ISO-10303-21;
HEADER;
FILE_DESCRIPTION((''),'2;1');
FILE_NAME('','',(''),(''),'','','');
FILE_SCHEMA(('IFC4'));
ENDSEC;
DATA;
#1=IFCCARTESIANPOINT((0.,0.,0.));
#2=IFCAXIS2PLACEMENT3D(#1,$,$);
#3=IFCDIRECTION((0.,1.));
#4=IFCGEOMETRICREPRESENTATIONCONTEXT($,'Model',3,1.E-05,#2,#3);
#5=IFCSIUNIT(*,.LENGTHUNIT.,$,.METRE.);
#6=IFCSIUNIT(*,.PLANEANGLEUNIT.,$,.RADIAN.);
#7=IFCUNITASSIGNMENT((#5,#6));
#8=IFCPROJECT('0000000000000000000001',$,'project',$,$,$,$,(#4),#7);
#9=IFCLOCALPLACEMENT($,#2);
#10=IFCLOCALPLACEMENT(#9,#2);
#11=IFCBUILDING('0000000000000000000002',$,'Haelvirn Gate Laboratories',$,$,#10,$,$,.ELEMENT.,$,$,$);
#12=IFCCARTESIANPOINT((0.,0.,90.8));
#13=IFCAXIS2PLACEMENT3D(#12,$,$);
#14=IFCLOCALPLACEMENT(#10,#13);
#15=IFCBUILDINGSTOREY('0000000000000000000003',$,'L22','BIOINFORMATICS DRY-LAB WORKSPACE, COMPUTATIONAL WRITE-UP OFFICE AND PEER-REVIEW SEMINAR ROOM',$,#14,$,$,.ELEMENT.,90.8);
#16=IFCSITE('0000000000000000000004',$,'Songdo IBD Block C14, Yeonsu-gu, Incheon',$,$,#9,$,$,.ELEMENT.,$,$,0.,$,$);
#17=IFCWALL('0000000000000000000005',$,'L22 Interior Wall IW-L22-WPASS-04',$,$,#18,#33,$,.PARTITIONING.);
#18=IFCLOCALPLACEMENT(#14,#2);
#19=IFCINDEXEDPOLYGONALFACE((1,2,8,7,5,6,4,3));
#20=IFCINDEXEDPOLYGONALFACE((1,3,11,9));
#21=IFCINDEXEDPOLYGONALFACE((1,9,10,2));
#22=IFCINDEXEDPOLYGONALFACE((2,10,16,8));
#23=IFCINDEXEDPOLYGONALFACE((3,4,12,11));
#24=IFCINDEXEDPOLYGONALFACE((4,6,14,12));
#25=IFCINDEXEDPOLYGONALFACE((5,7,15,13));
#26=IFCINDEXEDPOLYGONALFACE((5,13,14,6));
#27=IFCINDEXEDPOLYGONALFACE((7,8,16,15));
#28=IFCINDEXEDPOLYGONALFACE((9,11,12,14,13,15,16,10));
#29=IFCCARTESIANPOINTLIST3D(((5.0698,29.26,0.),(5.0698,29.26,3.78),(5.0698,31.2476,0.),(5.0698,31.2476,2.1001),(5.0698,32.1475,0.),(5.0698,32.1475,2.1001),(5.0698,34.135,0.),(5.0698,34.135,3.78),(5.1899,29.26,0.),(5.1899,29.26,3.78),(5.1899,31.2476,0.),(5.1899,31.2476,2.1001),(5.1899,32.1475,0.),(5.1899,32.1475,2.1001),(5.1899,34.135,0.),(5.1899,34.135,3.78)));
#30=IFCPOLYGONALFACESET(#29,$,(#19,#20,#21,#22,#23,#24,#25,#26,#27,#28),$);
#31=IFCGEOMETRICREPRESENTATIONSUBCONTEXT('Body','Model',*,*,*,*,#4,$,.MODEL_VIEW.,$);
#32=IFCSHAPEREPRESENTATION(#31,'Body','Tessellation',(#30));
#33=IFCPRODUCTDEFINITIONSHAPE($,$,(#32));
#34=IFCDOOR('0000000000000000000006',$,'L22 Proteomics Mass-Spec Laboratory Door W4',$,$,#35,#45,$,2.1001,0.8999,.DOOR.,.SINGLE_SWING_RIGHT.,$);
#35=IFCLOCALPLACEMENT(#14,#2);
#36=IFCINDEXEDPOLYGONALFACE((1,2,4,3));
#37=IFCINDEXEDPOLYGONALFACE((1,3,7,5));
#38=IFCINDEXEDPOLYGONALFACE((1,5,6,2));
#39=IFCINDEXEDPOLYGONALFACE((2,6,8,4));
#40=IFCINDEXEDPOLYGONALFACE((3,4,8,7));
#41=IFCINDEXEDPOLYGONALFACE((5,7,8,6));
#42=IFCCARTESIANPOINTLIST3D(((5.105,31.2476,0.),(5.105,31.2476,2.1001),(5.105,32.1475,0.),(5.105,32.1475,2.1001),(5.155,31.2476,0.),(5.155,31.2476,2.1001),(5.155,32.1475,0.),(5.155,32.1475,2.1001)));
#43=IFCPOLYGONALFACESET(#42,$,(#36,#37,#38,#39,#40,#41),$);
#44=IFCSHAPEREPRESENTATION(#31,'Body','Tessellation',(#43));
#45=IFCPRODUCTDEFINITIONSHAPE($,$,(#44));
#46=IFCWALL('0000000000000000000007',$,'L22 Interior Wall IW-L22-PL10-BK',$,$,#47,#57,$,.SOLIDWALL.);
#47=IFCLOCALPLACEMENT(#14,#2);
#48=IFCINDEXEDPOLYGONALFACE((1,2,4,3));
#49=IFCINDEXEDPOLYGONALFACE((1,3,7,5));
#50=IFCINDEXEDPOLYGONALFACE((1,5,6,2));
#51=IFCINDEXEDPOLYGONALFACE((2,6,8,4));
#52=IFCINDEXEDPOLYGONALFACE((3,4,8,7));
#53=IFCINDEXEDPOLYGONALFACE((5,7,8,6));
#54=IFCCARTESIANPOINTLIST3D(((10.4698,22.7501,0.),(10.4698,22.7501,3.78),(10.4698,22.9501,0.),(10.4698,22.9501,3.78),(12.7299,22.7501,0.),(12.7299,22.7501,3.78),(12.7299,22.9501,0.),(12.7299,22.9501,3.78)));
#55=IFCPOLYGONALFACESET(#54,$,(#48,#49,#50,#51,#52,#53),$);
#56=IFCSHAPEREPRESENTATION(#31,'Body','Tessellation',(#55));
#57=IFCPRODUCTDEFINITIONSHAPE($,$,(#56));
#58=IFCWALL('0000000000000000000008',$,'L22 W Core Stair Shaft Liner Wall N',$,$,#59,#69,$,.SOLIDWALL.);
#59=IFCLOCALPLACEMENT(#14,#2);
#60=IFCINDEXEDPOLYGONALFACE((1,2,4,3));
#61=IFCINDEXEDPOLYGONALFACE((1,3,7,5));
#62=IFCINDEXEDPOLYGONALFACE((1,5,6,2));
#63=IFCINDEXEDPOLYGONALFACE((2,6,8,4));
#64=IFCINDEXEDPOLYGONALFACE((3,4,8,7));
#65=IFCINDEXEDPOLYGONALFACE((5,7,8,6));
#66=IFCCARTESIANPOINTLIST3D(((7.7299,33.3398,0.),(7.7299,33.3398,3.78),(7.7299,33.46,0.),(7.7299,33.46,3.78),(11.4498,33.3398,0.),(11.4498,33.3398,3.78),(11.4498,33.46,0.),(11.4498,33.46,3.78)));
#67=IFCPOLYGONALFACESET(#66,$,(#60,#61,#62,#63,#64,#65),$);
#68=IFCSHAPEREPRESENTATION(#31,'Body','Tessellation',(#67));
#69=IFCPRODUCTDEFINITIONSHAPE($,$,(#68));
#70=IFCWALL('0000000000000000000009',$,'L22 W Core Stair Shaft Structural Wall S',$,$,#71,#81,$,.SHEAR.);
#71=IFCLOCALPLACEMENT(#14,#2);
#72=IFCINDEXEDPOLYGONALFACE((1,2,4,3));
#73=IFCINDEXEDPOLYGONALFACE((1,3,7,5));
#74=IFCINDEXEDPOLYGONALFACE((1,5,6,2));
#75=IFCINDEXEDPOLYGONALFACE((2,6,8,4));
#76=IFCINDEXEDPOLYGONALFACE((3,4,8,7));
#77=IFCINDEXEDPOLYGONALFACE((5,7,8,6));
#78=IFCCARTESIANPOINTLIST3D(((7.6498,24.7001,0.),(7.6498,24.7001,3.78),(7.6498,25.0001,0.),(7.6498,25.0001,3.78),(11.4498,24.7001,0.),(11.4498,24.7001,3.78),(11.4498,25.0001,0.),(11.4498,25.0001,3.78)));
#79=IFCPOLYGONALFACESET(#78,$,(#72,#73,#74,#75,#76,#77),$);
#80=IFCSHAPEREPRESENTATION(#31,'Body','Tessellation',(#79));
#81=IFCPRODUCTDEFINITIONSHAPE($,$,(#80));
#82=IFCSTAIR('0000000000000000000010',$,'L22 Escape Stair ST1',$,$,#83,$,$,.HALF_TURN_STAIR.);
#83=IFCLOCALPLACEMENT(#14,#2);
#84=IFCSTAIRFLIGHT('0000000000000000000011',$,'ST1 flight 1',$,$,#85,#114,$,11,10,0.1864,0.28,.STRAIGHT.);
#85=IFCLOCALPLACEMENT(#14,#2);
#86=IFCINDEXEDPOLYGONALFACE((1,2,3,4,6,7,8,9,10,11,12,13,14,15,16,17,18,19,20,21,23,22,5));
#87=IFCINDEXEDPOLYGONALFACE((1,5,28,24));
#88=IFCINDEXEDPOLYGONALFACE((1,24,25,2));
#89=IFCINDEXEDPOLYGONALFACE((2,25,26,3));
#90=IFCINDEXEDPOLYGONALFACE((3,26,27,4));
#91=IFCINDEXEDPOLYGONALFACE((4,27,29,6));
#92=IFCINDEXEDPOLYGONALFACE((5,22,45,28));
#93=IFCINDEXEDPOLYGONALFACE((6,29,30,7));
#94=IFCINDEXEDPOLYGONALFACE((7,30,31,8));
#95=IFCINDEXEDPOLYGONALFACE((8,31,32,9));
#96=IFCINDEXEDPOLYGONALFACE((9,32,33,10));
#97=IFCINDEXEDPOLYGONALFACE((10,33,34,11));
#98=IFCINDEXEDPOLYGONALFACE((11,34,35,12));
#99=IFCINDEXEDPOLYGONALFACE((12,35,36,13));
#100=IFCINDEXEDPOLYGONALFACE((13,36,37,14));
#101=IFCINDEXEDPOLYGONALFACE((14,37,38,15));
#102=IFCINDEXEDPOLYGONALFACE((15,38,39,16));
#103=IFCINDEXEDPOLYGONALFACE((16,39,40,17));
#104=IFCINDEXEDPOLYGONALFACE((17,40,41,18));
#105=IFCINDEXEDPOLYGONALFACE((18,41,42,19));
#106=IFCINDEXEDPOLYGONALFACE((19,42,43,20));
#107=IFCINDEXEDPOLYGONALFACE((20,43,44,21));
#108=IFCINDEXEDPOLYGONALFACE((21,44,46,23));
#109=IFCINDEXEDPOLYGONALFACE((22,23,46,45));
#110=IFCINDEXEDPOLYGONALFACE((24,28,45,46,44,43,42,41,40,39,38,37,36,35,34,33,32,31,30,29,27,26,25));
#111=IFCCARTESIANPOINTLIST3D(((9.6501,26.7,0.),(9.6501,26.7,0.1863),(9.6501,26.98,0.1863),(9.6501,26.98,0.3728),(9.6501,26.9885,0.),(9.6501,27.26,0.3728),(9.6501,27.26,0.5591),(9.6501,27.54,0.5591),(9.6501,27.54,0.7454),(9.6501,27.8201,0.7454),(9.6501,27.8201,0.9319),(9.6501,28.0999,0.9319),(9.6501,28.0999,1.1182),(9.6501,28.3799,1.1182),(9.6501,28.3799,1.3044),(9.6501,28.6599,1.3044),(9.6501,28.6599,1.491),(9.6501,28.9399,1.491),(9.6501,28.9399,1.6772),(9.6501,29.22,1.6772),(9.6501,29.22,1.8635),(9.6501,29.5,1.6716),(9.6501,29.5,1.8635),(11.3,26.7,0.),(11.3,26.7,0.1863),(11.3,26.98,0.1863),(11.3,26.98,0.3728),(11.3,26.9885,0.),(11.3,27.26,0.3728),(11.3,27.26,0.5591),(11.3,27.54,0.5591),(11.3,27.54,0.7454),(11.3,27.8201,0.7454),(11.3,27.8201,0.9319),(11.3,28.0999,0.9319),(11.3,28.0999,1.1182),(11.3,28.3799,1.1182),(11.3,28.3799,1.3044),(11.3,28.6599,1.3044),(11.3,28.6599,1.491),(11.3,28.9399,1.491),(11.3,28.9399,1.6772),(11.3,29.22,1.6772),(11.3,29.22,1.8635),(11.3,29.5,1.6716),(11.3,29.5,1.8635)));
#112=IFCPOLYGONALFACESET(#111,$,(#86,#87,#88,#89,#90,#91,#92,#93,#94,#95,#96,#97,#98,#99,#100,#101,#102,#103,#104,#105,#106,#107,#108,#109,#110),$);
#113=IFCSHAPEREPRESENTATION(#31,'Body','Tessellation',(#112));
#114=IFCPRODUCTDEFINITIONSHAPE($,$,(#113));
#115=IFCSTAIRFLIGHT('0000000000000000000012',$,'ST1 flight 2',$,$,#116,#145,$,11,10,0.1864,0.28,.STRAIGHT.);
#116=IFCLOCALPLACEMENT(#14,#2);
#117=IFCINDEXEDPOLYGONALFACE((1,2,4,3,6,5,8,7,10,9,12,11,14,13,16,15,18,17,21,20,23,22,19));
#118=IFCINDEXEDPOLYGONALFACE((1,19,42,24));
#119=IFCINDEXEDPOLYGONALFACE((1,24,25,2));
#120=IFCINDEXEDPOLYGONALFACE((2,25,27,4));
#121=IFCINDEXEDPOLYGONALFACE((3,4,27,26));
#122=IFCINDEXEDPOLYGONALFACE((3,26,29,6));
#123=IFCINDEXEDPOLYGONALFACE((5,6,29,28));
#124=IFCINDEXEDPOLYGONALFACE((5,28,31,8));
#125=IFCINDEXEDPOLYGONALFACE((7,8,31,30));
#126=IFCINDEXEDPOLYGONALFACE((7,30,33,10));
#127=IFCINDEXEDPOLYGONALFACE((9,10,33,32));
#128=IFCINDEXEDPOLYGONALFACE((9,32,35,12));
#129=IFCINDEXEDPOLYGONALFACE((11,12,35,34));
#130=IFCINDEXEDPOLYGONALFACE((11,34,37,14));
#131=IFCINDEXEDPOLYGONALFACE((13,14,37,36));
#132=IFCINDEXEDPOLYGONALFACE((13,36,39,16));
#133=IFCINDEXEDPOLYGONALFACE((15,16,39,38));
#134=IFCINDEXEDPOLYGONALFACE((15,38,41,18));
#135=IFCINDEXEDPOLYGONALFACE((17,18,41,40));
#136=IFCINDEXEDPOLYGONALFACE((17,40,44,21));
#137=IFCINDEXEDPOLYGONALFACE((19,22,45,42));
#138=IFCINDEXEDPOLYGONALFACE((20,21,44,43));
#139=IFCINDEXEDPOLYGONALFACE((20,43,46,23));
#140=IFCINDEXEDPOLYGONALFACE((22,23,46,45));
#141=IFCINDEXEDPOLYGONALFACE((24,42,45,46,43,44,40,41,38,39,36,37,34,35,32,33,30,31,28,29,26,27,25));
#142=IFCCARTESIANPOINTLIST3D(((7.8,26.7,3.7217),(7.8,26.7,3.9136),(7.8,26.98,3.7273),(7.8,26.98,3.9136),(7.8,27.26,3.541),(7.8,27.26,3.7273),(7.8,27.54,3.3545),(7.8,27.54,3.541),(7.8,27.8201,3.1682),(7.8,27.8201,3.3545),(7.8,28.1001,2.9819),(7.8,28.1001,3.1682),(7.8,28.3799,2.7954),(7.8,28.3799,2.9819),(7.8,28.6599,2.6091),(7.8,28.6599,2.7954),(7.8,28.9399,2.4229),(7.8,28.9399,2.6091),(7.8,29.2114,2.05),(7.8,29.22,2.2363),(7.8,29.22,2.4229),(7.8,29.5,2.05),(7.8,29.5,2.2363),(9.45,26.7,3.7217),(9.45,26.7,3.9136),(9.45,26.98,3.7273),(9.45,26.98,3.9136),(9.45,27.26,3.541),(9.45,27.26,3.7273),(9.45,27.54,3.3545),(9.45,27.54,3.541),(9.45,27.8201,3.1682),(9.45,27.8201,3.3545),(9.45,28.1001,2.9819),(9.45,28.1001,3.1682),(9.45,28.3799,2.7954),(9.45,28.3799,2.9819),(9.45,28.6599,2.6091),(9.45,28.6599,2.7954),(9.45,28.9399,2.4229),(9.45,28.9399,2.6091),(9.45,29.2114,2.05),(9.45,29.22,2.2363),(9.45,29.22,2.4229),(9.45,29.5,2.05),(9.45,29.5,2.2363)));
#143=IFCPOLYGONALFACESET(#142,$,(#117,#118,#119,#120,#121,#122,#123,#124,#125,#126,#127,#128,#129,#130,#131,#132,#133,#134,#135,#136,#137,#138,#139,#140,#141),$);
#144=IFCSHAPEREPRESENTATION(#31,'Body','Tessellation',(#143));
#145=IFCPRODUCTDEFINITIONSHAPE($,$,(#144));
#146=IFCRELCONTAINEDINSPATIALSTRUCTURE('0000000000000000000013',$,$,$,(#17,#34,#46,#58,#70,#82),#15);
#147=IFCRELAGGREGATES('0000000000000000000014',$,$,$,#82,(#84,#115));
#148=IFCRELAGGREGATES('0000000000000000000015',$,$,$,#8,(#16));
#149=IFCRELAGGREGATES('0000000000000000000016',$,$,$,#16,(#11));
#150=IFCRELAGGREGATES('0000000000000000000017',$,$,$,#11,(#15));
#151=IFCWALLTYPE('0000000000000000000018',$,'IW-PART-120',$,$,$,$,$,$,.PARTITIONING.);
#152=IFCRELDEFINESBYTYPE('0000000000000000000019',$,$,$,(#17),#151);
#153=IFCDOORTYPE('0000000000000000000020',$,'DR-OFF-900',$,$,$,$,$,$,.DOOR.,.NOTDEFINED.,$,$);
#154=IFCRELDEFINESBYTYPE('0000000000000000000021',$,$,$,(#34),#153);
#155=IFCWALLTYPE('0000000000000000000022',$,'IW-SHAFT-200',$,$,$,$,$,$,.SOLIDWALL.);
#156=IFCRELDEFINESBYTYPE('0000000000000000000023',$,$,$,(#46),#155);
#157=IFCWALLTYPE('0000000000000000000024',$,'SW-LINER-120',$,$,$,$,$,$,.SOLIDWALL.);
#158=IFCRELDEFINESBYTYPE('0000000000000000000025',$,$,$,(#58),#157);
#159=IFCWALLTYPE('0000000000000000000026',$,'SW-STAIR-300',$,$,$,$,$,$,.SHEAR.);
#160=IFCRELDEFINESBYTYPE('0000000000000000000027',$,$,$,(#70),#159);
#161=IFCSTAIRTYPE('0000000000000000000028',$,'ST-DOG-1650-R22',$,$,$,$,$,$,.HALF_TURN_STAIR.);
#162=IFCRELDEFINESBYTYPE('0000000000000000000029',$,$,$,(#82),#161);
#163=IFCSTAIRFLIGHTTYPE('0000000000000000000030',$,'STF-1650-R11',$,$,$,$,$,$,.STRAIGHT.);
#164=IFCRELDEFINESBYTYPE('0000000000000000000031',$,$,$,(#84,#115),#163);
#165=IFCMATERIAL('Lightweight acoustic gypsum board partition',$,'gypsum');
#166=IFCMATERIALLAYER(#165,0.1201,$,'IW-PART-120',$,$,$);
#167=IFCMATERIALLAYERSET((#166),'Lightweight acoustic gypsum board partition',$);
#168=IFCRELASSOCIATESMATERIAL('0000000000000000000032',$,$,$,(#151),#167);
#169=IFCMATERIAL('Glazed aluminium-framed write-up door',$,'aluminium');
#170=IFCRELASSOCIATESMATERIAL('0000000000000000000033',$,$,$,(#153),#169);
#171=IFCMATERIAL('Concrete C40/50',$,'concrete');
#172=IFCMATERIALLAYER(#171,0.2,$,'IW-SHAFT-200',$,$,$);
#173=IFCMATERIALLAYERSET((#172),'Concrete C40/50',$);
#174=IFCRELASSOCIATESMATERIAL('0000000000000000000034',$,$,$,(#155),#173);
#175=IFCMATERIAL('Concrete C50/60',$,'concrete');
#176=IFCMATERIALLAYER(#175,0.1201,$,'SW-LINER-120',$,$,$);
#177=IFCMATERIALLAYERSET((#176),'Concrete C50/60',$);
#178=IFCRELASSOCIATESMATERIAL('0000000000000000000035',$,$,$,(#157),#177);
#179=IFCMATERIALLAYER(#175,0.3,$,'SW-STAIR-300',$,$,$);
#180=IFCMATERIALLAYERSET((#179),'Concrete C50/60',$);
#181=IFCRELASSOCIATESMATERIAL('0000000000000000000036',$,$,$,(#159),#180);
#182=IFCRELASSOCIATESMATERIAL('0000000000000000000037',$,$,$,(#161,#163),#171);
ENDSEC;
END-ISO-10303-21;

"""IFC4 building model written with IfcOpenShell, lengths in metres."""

from ifc_helpers import new_model, si_unit, direction, frame, frame_2d, origin, place, context, subcontext, project, spatial, polyline, rectangle, outline, extrude, source, transform, mapped, material, layer, layer_set, type_object, type_shapes, element, fill, aggregate, save


model = new_model("IFC4")

# Units and contexts
model_context = context("Model", 3, precision=1e-05, world=origin(), true_north=direction((0.0, 1.0)))
body_context = subcontext(model_context, "Body", "Model", "MODEL_VIEW")
ifc_project = project(units=[si_unit("LENGTHUNIT", "METRE"), si_unit("PLANEANGLEUNIT", "RADIAN")], contexts=[model_context])

# Site, building, storey
site_placement = place(None, origin())
site = spatial("IfcSite", under=ifc_project, at=site_placement, Name="Songdo IBD Block C14, Yeonsu-gu, Incheon", CompositionType="ELEMENT", RefElevation=0.0)
building_placement = place(site_placement, origin())
building = spatial("IfcBuilding", under=site, at=building_placement, Name="Haelvirn Gate Laboratories", CompositionType="ELEMENT")
storey_placement = place(building_placement, frame((0.0, 0.0, 90.8)))
storey = spatial("IfcBuildingStorey", under=building, at=storey_placement, Name="L22", Description="BIOINFORMATICS DRY-LAB WORKSPACE, COMPUTATIONAL WRITE-UP OFFICE AND PEER-REVIEW SEMINAR ROOM", CompositionType="ELEMENT", Elevation=90.8)

# Shared definitions
ifc_material_1 = material(Name="Lightweight acoustic gypsum board partition", Category="gypsum")
ifc_layer_1 = layer(ifc_material_1, 0.1201, Name="IW-PART-120")
ifc_layer_set_1 = layer_set([ifc_layer_1], Name="Lightweight acoustic gypsum board partition")
wall_type_1 = type_object("IfcWallType", Name="IW-PART-120", PredefinedType="PARTITIONING", material=ifc_layer_set_1)

# Shared definitions
ifc_material_2 = material(Name="Glazed aluminium-framed write-up door", Category="aluminium")
door_type = type_object("IfcDoorType", Name="DR-OFF-900", OperationType="NOTDEFINED", PredefinedType="DOOR", material=ifc_material_2)
shared_shape_1 = source(origin(), body_context, "Body", "SweptSolid", [
    extrude(rectangle(XDim=0.8999, YDim=2.1001, at=frame_2d((0.45, 1.05))), frame((0.0, 0.0249, 0.0), z_axis=(0.0, -1.0, 0.0), x_axis=(1.0, 0.0, 0.0)), (0.0, 0.0, 1.0), 0.05),
])
type_shapes(door_type, [shared_shape_1])

# Wall, opening, door
wall_1_placement = place(storey_placement, frame((5.1299, 29.26, 0.0), z_axis=(0.0, 0.0, 1.0), x_axis=(0.0, 1.0, 0.0)))
wall_1 = element("IfcWall", 1, at=wall_1_placement, inside=storey, type_object=wall_type_1, Name="L22 Interior Wall IW-L22-WPASS-04", PredefinedType="PARTITIONING", context=body_context, shape_type="SweptSolid", body=[
    extrude(rectangle(XDim=4.875, YDim=0.1201, at=frame_2d((2.4375, 0.0))), origin(), (0.0, 0.0, 1.0), 3.78),
])
opening_1_placement = place(wall_1_placement, frame((1.9875, 0.0, 0.0)))
opening_1 = element("IfcOpeningElement", 2, at=opening_1_placement, cuts=wall_1, PredefinedType="OPENING", context=body_context, shape_type="SweptSolid", body=[
    extrude(rectangle(XDim=0.8999, YDim=2.1001, at=frame_2d((0.45, 1.05))), frame((0.0, 0.0701, 0.0), z_axis=(0.0, -1.0, 0.0), x_axis=(1.0, 0.0, 0.0)), (0.0, 0.0, 1.0), 0.1401),
])
door_1_placement = place(opening_1_placement, origin())
door_1 = element("IfcDoor", 3, at=door_1_placement, inside=storey, type_object=door_type, Name="L22 Proteomics Mass-Spec Laboratory Door W4", OperationType="SINGLE_SWING_RIGHT", OverallHeight=2.1001, OverallWidth=0.8999, PredefinedType="DOOR", context=body_context, shape_type="MappedRepresentation", body=[
    mapped(shared_shape_1, transform((0.0, 0.0, 0.0), scale=1.0)),
])
fill(opening_1, door_1)

# Walls
ifc_material_3 = material(Name="Concrete C40/50", Category="concrete")
ifc_layer_2 = layer(ifc_material_3, 0.2, Name="IW-SHAFT-200")
ifc_layer_set_2 = layer_set([ifc_layer_2], Name="Concrete C40/50")
wall_type_2 = type_object("IfcWallType", Name="IW-SHAFT-200", PredefinedType="SOLIDWALL", material=ifc_layer_set_2)
wall_2_placement = place(storey_placement, frame((10.47, 22.8501, 0.0), z_axis=(0.0, 0.0, 1.0), x_axis=(1.0, 0.0, 0.0)))
element("IfcWall", 4, at=wall_2_placement, inside=storey, type_object=wall_type_2, Name="L22 Interior Wall IW-L22-PL10-BK", PredefinedType="SOLIDWALL", context=body_context, shape_type="SweptSolid", body=[
    extrude(rectangle(XDim=2.26, YDim=0.2, at=frame_2d((1.1299, 0.0))), origin(), (0.0, 0.0, 1.0), 3.78),
])
ifc_material_4 = material(Name="Concrete C50/60", Category="concrete")
ifc_layer_3 = layer(ifc_material_4, 0.1201, Name="SW-LINER-120")
ifc_layer_set_3 = layer_set([ifc_layer_3], Name="Concrete C50/60")
wall_type_3 = type_object("IfcWallType", Name="SW-LINER-120", PredefinedType="SOLIDWALL", material=ifc_layer_set_3)
wall_3_placement = place(storey_placement, frame((7.73, 33.3999, 0.0), z_axis=(0.0, 0.0, 1.0), x_axis=(1.0, 0.0, 0.0)))
element("IfcWall", 5, at=wall_3_placement, inside=storey, type_object=wall_type_3, Name="L22 W Core Stair Shaft Liner Wall N", PredefinedType="SOLIDWALL", context=body_context, shape_type="SweptSolid", body=[
    extrude(rectangle(XDim=3.72, YDim=0.1201, at=frame_2d((1.8599, 0.0))), origin(), (0.0, 0.0, 1.0), 3.78),
])
ifc_layer_4 = layer(ifc_material_4, 0.3, Name="SW-STAIR-300")
ifc_layer_set_4 = layer_set([ifc_layer_4], Name="Concrete C50/60")
wall_type_4 = type_object("IfcWallType", Name="SW-STAIR-300", PredefinedType="SHEAR", material=ifc_layer_set_4)
wall_4_placement = place(storey_placement, frame((7.6499, 24.8501, 0.0), z_axis=(0.0, 0.0, 1.0), x_axis=(1.0, 0.0, 0.0)))
element("IfcWall", 6, at=wall_4_placement, inside=storey, type_object=wall_type_4, Name="L22 W Core Stair Shaft Structural Wall S", PredefinedType="SHEAR", context=body_context, shape_type="SweptSolid", body=[
    extrude(rectangle(XDim=3.8, YDim=0.3, at=frame_2d((1.8999, 0.0))), origin(), (0.0, 0.0, 1.0), 3.78),
])

# Stair, stair flights
stair_type = type_object("IfcStairType", Name="ST-DOG-1650-R22", PredefinedType="HALF_TURN_STAIR", material=ifc_material_3)
stair_placement = place(storey_placement, origin())
stair = element("IfcStair", 7, at=stair_placement, inside=storey, type_object=stair_type, Name="L22 Escape Stair ST1", PredefinedType="HALF_TURN_STAIR")
stair_flight_type = type_object("IfcStairFlightType", Name="STF-1650-R11", PredefinedType="STRAIGHT", material=ifc_material_3)
shared_shape_2 = source(origin(), body_context, "Body", "SweptSolid", [
    extrude(outline(polyline([(0.0, 0.0), (0.0, 0.1863), (0.28, 0.1863), (0.28, 0.3728), (0.5601, 0.3728), (0.5601, 0.5591), (0.8401, 0.5591), (0.8401, 0.7454), (1.1201, 0.7454), (1.1201, 0.9319), (1.3999, 0.9319), (1.3999, 1.1182), (1.6799, 1.1182), (1.6799, 1.3044), (1.96, 1.3044), (1.96, 1.491), (2.24, 1.491), (2.24, 1.6772), (2.52, 1.6772), (2.52, 1.8635), (2.8, 1.8635), (2.8, 2.05), (2.8, 1.6716), (0.2886, 0.0), (0.0, 0.0)])), frame((0.0, 0.825, 0.0), z_axis=(0.0, -1.0, 0.0), x_axis=(1.0, 0.0, 0.0)), (0.0, 0.0, 1.0), 1.6499),
])
type_shapes(stair_flight_type, [shared_shape_2])
stair_flight_1_placement = place(storey_placement, frame((10.4751, 26.7, 0.0), z_axis=(0.0, 0.0, 1.0), x_axis=(0.0, 1.0, 0.0)))
stair_flight_1 = element("IfcStairFlight", 8, at=stair_flight_1_placement, type_object=stair_flight_type, Name="ST1 flight 1", NumberOfRisers=11, NumberOfTreads=10, PredefinedType="STRAIGHT", RiserHeight=0.1864, TreadLength=0.28, context=body_context, shape_type="MappedRepresentation", body=[
    mapped(shared_shape_2, transform((0.0, 0.0, 0.0), scale=1.0)),
])
stair_flight_2_placement = place(storey_placement, frame((8.625, 29.5, 2.05), z_axis=(0.0, 0.0, 1.0), x_axis=(0.0, -1.0, 0.0)))
stair_flight_2 = element("IfcStairFlight", 9, at=stair_flight_2_placement, type_object=stair_flight_type, Name="ST1 flight 2", NumberOfRisers=11, NumberOfTreads=10, PredefinedType="STRAIGHT", RiserHeight=0.1864, TreadLength=0.28, context=body_context, shape_type="MappedRepresentation", body=[
    mapped(shared_shape_2, transform((0.0, 0.0, 0.0), scale=1.0)),
])
aggregate(stair, [stair_flight_1, stair_flight_2])

save(model, "model.ifc")
